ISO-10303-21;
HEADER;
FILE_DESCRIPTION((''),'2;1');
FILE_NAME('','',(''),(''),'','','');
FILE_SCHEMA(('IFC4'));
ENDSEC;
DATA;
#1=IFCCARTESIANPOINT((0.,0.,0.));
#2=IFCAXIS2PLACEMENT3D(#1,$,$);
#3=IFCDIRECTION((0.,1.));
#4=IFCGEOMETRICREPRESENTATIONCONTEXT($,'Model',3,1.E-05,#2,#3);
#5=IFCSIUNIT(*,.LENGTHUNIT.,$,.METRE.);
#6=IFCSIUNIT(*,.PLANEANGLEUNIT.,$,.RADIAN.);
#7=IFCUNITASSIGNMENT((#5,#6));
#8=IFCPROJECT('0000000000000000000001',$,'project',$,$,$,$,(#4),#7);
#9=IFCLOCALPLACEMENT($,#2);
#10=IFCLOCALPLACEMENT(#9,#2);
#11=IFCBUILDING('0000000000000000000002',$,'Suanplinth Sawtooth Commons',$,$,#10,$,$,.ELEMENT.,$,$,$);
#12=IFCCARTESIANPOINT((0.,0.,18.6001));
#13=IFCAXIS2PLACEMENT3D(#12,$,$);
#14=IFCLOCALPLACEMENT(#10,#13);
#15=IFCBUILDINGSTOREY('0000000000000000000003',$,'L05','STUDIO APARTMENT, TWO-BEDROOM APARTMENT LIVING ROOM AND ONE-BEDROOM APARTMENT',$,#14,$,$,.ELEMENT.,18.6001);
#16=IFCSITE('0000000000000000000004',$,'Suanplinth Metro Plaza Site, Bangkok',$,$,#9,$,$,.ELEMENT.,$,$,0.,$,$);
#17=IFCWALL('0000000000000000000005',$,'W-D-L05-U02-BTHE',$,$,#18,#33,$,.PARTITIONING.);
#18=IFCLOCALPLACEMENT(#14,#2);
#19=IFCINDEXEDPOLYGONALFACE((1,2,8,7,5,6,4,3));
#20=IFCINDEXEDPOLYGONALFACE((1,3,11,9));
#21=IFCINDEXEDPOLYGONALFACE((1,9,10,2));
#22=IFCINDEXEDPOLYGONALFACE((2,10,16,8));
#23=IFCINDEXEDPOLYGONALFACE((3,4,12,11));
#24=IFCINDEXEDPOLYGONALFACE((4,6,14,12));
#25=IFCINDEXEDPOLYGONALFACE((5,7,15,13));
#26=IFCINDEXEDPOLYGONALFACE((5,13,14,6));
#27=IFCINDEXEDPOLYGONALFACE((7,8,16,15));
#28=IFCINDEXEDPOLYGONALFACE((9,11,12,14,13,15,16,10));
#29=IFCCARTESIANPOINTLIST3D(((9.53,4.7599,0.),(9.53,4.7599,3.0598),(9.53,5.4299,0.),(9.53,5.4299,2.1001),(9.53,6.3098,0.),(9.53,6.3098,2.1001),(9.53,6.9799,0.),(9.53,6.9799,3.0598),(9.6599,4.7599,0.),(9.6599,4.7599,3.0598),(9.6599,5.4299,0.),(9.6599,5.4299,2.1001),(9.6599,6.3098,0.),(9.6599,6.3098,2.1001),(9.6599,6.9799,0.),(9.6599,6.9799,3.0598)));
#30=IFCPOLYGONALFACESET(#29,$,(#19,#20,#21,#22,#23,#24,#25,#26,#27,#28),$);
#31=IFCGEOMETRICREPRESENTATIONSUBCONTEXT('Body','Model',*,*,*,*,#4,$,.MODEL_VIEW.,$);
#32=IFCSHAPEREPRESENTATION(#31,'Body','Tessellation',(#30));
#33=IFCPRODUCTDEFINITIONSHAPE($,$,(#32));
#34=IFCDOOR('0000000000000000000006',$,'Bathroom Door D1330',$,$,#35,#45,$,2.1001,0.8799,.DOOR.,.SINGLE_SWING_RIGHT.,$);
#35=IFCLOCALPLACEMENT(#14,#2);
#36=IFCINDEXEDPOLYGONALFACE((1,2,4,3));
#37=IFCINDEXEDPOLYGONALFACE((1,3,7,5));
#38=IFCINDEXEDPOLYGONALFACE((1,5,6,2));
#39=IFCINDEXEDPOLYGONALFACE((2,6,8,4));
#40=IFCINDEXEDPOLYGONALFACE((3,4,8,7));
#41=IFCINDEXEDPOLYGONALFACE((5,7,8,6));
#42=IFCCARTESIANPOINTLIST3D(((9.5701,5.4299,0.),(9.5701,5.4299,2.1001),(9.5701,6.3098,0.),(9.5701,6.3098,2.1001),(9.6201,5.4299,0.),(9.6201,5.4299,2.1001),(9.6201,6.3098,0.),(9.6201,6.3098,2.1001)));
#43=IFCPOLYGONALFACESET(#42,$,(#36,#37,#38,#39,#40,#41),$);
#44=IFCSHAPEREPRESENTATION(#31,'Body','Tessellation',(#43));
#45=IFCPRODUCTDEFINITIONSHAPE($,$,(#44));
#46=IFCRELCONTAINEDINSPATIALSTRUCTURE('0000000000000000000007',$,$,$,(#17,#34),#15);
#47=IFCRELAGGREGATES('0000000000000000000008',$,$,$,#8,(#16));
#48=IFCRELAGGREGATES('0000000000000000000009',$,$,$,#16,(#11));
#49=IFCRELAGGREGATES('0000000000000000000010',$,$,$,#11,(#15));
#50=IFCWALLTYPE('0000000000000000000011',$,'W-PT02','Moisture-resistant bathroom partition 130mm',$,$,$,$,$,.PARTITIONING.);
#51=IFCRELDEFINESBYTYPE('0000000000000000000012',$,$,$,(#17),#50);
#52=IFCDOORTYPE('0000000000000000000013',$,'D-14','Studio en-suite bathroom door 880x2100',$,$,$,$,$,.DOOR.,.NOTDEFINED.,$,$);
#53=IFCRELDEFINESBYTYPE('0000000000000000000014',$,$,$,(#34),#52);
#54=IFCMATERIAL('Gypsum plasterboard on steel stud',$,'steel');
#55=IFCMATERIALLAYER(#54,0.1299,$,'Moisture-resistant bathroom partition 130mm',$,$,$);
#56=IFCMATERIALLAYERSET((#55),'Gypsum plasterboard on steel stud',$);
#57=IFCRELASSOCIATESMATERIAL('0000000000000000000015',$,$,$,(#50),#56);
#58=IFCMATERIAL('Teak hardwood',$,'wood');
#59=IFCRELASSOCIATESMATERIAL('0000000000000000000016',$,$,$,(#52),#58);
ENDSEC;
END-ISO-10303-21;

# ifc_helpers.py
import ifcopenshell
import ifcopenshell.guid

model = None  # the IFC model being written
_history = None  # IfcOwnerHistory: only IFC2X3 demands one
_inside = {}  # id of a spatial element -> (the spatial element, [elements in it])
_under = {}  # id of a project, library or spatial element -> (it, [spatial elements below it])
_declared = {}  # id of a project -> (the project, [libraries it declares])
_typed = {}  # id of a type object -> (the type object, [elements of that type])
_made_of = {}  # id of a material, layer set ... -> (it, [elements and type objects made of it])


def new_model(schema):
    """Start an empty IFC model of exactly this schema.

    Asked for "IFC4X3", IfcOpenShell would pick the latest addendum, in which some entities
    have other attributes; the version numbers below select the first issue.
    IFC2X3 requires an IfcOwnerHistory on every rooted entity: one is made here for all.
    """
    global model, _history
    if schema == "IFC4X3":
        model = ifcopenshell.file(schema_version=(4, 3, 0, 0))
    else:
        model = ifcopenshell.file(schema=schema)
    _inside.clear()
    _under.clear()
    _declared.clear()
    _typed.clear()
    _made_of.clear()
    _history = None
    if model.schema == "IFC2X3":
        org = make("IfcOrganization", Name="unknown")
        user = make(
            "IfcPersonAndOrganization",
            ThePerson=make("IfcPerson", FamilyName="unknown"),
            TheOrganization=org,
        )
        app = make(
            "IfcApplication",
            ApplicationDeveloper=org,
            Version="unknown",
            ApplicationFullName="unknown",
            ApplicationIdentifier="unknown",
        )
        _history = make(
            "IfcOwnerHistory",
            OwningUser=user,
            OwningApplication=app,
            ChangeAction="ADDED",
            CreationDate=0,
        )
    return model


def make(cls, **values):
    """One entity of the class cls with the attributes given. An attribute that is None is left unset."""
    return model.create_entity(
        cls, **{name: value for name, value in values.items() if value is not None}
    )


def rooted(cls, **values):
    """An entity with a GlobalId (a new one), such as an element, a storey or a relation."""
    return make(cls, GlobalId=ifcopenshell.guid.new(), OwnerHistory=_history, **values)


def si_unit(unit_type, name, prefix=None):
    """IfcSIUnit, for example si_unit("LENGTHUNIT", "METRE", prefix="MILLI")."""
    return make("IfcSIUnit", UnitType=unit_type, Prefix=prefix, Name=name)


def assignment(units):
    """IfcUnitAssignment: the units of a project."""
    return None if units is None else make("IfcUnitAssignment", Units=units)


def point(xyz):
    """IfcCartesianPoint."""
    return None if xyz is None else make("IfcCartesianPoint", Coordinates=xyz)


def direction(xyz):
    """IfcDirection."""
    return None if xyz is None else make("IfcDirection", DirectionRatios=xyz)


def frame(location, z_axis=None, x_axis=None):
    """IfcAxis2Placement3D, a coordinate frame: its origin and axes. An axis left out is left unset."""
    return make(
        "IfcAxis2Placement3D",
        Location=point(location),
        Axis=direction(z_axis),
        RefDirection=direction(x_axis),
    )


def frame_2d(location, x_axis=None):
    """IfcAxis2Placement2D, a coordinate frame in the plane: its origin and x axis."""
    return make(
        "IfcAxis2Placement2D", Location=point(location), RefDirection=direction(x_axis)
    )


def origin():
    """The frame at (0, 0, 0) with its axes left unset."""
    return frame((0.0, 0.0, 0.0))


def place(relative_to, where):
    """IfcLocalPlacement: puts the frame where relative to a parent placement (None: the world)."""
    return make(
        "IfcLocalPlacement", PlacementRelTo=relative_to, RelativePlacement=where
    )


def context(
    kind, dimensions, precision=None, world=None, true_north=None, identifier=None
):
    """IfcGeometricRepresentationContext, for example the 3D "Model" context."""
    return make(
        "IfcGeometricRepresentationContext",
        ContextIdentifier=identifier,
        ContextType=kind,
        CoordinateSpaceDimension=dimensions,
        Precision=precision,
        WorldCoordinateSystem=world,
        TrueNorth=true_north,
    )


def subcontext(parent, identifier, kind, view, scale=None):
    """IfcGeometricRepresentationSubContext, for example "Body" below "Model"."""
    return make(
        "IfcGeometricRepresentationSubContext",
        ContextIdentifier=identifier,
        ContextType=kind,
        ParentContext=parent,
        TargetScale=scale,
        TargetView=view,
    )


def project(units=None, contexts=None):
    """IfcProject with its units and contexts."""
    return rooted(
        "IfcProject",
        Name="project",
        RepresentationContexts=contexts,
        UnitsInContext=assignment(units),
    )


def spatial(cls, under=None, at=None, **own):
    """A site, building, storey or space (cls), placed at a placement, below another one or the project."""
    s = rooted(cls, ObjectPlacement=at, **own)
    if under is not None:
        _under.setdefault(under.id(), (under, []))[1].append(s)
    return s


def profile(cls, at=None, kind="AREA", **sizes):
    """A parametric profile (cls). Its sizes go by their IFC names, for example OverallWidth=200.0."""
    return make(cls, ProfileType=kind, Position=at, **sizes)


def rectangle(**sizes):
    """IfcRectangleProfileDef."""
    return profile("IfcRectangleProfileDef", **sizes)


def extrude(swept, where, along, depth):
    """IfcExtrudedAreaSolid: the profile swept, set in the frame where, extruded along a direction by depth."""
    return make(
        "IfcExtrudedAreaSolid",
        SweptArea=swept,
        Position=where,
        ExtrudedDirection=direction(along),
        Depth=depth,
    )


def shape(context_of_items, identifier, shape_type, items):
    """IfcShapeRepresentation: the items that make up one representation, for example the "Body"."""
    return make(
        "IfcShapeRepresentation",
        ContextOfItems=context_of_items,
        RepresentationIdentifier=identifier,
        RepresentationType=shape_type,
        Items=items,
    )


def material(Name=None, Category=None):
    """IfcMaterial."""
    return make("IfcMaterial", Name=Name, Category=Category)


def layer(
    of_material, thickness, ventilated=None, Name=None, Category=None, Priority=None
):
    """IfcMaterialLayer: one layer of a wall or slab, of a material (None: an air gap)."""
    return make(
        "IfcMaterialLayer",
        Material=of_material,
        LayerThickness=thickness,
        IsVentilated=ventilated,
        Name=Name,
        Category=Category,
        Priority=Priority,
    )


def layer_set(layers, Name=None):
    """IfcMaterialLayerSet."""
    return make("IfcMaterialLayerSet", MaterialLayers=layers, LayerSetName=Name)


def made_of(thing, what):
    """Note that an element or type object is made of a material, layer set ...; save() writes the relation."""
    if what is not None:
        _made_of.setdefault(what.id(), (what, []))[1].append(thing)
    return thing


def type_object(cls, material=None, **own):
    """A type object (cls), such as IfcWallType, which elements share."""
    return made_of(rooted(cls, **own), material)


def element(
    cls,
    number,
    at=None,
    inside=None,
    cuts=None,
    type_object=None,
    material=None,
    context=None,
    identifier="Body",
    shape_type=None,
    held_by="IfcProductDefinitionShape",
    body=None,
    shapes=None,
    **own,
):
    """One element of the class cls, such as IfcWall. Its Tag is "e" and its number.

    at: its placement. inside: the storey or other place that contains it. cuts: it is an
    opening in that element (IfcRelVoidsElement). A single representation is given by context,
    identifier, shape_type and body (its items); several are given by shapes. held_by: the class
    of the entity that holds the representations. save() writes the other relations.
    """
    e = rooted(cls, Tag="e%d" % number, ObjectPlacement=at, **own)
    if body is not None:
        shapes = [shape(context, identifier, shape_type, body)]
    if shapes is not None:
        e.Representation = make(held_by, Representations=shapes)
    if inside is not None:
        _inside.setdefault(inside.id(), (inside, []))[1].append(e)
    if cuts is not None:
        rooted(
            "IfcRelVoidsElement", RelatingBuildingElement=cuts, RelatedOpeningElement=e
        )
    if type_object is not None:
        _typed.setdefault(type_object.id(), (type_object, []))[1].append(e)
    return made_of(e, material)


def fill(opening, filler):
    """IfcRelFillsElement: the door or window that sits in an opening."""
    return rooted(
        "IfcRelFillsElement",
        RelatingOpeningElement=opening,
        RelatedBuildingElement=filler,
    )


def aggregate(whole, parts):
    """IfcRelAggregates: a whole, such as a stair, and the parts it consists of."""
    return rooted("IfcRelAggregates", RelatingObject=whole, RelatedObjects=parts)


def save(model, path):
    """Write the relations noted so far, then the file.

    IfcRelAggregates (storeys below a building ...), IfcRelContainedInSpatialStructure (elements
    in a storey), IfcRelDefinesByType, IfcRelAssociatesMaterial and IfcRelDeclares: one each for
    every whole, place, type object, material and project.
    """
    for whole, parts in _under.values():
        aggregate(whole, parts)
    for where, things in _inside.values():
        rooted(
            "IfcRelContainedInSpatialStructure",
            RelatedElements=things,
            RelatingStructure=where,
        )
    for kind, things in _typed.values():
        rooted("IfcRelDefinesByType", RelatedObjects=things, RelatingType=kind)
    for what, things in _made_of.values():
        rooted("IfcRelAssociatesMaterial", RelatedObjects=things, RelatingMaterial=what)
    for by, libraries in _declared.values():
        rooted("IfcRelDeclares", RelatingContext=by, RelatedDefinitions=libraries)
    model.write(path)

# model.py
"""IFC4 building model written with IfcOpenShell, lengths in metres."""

from ifc_helpers import new_model, si_unit, direction, frame, frame_2d, origin, place, context, subcontext, project, spatial, rectangle, extrude, material, layer, layer_set, type_object, element, fill, save


model = new_model("IFC4")

# Units and contexts
model_context = context("Model", 3, precision=1e-05, world=origin(), true_north=direction((0.0, 1.0)))
body_context = subcontext(model_context, "Body", "Model", "MODEL_VIEW")
ifc_project = project(units=[si_unit("LENGTHUNIT", "METRE"), si_unit("PLANEANGLEUNIT", "RADIAN")], contexts=[model_context])

# Site, building, storey
site_placement = place(None, origin())
site = spatial("IfcSite", under=ifc_project, at=site_placement, Name="Suanplinth Metro Plaza Site, Bangkok", CompositionType="ELEMENT", RefElevation=0.0)
building_placement = place(site_placement, origin())
building = spatial("IfcBuilding", under=site, at=building_placement, Name="Suanplinth Sawtooth Commons", CompositionType="ELEMENT")
storey_placement = place(building_placement, frame((0.0, 0.0, 18.6001)))
storey = spatial("IfcBuildingStorey", under=building, at=storey_placement, Name="L05", Description="STUDIO APARTMENT, TWO-BEDROOM APARTMENT LIVING ROOM AND ONE-BEDROOM APARTMENT", CompositionType="ELEMENT", Elevation=18.6001)

# Shared definitions
ifc_material_1 = material(Name="Gypsum plasterboard on steel stud", Category="steel")
ifc_material_2 = material(Name="Teak hardwood", Category="wood")

# Shared definitions
ifc_layer_1 = layer(ifc_material_1, 0.1299, Name="Moisture-resistant bathroom partition 130mm")
ifc_layer_set_1 = layer_set([ifc_layer_1], Name="Gypsum plasterboard on steel stud")
wall_type_1 = type_object("IfcWallType", Name="W-PT02", Description="Moisture-resistant bathroom partition 130mm", PredefinedType="PARTITIONING", material=ifc_layer_set_1)

# Wall, opening, door
wall_1_placement = place(storey_placement, frame((9.595, 4.76, 0.0), z_axis=(0.0, 0.0, 1.0), x_axis=(0.0, 1.0, 0.0)))
wall_1 = element("IfcWall", 1, at=wall_1_placement, inside=storey, type_object=wall_type_1, Name="W-D-L05-U02-BTHE", PredefinedType="PARTITIONING", context=body_context, shape_type="SweptSolid", body=[
    extrude(rectangle(XDim=2.22, YDim=0.1299, at=frame_2d((1.1099, 0.0))), origin(), (0.0, 0.0, 1.0), 3.0598),
])
opening_1_placement = place(wall_1_placement, frame((0.6699, 0.0, 0.0)))
opening_1 = element("IfcOpeningElement", 2, at=opening_1_placement, cuts=wall_1, PredefinedType="OPENING", context=body_context, shape_type="SweptSolid", body=[
    extrude(rectangle(XDim=0.8799, YDim=2.1001, at=frame_2d((0.4399, 1.05))), frame((0.0, 0.0798, 0.0), z_axis=(0.0, -1.0, 0.0), x_axis=(1.0, 0.0, 0.0)), (0.0, 0.0, 1.0), 0.1597),
])
door_type_1 = type_object("IfcDoorType", Name="D-14", Description="Studio en-suite bathroom door 880x2100", OperationType="NOTDEFINED", PredefinedType="DOOR", material=ifc_material_2)
door_1_placement = place(opening_1_placement, origin())
door_1 = element("IfcDoor", 3, at=door_1_placement, inside=storey, type_object=door_type_1, Name="Bathroom Door D1330", OperationType="SINGLE_SWING_RIGHT", OverallHeight=2.1001, OverallWidth=0.8799, PredefinedType="DOOR", context=body_context, shape_type="SweptSolid", body=[
    extrude(rectangle(XDim=0.8799, YDim=2.1001, at=frame_2d((0.4399, 1.05))), frame((0.0, 0.0249, 0.0), z_axis=(0.0, -1.0, 0.0), x_axis=(1.0, 0.0, 0.0)), (0.0, 0.0, 1.0), 0.05),
])
fill(opening_1, door_1)

save(model, "model.ifc")
